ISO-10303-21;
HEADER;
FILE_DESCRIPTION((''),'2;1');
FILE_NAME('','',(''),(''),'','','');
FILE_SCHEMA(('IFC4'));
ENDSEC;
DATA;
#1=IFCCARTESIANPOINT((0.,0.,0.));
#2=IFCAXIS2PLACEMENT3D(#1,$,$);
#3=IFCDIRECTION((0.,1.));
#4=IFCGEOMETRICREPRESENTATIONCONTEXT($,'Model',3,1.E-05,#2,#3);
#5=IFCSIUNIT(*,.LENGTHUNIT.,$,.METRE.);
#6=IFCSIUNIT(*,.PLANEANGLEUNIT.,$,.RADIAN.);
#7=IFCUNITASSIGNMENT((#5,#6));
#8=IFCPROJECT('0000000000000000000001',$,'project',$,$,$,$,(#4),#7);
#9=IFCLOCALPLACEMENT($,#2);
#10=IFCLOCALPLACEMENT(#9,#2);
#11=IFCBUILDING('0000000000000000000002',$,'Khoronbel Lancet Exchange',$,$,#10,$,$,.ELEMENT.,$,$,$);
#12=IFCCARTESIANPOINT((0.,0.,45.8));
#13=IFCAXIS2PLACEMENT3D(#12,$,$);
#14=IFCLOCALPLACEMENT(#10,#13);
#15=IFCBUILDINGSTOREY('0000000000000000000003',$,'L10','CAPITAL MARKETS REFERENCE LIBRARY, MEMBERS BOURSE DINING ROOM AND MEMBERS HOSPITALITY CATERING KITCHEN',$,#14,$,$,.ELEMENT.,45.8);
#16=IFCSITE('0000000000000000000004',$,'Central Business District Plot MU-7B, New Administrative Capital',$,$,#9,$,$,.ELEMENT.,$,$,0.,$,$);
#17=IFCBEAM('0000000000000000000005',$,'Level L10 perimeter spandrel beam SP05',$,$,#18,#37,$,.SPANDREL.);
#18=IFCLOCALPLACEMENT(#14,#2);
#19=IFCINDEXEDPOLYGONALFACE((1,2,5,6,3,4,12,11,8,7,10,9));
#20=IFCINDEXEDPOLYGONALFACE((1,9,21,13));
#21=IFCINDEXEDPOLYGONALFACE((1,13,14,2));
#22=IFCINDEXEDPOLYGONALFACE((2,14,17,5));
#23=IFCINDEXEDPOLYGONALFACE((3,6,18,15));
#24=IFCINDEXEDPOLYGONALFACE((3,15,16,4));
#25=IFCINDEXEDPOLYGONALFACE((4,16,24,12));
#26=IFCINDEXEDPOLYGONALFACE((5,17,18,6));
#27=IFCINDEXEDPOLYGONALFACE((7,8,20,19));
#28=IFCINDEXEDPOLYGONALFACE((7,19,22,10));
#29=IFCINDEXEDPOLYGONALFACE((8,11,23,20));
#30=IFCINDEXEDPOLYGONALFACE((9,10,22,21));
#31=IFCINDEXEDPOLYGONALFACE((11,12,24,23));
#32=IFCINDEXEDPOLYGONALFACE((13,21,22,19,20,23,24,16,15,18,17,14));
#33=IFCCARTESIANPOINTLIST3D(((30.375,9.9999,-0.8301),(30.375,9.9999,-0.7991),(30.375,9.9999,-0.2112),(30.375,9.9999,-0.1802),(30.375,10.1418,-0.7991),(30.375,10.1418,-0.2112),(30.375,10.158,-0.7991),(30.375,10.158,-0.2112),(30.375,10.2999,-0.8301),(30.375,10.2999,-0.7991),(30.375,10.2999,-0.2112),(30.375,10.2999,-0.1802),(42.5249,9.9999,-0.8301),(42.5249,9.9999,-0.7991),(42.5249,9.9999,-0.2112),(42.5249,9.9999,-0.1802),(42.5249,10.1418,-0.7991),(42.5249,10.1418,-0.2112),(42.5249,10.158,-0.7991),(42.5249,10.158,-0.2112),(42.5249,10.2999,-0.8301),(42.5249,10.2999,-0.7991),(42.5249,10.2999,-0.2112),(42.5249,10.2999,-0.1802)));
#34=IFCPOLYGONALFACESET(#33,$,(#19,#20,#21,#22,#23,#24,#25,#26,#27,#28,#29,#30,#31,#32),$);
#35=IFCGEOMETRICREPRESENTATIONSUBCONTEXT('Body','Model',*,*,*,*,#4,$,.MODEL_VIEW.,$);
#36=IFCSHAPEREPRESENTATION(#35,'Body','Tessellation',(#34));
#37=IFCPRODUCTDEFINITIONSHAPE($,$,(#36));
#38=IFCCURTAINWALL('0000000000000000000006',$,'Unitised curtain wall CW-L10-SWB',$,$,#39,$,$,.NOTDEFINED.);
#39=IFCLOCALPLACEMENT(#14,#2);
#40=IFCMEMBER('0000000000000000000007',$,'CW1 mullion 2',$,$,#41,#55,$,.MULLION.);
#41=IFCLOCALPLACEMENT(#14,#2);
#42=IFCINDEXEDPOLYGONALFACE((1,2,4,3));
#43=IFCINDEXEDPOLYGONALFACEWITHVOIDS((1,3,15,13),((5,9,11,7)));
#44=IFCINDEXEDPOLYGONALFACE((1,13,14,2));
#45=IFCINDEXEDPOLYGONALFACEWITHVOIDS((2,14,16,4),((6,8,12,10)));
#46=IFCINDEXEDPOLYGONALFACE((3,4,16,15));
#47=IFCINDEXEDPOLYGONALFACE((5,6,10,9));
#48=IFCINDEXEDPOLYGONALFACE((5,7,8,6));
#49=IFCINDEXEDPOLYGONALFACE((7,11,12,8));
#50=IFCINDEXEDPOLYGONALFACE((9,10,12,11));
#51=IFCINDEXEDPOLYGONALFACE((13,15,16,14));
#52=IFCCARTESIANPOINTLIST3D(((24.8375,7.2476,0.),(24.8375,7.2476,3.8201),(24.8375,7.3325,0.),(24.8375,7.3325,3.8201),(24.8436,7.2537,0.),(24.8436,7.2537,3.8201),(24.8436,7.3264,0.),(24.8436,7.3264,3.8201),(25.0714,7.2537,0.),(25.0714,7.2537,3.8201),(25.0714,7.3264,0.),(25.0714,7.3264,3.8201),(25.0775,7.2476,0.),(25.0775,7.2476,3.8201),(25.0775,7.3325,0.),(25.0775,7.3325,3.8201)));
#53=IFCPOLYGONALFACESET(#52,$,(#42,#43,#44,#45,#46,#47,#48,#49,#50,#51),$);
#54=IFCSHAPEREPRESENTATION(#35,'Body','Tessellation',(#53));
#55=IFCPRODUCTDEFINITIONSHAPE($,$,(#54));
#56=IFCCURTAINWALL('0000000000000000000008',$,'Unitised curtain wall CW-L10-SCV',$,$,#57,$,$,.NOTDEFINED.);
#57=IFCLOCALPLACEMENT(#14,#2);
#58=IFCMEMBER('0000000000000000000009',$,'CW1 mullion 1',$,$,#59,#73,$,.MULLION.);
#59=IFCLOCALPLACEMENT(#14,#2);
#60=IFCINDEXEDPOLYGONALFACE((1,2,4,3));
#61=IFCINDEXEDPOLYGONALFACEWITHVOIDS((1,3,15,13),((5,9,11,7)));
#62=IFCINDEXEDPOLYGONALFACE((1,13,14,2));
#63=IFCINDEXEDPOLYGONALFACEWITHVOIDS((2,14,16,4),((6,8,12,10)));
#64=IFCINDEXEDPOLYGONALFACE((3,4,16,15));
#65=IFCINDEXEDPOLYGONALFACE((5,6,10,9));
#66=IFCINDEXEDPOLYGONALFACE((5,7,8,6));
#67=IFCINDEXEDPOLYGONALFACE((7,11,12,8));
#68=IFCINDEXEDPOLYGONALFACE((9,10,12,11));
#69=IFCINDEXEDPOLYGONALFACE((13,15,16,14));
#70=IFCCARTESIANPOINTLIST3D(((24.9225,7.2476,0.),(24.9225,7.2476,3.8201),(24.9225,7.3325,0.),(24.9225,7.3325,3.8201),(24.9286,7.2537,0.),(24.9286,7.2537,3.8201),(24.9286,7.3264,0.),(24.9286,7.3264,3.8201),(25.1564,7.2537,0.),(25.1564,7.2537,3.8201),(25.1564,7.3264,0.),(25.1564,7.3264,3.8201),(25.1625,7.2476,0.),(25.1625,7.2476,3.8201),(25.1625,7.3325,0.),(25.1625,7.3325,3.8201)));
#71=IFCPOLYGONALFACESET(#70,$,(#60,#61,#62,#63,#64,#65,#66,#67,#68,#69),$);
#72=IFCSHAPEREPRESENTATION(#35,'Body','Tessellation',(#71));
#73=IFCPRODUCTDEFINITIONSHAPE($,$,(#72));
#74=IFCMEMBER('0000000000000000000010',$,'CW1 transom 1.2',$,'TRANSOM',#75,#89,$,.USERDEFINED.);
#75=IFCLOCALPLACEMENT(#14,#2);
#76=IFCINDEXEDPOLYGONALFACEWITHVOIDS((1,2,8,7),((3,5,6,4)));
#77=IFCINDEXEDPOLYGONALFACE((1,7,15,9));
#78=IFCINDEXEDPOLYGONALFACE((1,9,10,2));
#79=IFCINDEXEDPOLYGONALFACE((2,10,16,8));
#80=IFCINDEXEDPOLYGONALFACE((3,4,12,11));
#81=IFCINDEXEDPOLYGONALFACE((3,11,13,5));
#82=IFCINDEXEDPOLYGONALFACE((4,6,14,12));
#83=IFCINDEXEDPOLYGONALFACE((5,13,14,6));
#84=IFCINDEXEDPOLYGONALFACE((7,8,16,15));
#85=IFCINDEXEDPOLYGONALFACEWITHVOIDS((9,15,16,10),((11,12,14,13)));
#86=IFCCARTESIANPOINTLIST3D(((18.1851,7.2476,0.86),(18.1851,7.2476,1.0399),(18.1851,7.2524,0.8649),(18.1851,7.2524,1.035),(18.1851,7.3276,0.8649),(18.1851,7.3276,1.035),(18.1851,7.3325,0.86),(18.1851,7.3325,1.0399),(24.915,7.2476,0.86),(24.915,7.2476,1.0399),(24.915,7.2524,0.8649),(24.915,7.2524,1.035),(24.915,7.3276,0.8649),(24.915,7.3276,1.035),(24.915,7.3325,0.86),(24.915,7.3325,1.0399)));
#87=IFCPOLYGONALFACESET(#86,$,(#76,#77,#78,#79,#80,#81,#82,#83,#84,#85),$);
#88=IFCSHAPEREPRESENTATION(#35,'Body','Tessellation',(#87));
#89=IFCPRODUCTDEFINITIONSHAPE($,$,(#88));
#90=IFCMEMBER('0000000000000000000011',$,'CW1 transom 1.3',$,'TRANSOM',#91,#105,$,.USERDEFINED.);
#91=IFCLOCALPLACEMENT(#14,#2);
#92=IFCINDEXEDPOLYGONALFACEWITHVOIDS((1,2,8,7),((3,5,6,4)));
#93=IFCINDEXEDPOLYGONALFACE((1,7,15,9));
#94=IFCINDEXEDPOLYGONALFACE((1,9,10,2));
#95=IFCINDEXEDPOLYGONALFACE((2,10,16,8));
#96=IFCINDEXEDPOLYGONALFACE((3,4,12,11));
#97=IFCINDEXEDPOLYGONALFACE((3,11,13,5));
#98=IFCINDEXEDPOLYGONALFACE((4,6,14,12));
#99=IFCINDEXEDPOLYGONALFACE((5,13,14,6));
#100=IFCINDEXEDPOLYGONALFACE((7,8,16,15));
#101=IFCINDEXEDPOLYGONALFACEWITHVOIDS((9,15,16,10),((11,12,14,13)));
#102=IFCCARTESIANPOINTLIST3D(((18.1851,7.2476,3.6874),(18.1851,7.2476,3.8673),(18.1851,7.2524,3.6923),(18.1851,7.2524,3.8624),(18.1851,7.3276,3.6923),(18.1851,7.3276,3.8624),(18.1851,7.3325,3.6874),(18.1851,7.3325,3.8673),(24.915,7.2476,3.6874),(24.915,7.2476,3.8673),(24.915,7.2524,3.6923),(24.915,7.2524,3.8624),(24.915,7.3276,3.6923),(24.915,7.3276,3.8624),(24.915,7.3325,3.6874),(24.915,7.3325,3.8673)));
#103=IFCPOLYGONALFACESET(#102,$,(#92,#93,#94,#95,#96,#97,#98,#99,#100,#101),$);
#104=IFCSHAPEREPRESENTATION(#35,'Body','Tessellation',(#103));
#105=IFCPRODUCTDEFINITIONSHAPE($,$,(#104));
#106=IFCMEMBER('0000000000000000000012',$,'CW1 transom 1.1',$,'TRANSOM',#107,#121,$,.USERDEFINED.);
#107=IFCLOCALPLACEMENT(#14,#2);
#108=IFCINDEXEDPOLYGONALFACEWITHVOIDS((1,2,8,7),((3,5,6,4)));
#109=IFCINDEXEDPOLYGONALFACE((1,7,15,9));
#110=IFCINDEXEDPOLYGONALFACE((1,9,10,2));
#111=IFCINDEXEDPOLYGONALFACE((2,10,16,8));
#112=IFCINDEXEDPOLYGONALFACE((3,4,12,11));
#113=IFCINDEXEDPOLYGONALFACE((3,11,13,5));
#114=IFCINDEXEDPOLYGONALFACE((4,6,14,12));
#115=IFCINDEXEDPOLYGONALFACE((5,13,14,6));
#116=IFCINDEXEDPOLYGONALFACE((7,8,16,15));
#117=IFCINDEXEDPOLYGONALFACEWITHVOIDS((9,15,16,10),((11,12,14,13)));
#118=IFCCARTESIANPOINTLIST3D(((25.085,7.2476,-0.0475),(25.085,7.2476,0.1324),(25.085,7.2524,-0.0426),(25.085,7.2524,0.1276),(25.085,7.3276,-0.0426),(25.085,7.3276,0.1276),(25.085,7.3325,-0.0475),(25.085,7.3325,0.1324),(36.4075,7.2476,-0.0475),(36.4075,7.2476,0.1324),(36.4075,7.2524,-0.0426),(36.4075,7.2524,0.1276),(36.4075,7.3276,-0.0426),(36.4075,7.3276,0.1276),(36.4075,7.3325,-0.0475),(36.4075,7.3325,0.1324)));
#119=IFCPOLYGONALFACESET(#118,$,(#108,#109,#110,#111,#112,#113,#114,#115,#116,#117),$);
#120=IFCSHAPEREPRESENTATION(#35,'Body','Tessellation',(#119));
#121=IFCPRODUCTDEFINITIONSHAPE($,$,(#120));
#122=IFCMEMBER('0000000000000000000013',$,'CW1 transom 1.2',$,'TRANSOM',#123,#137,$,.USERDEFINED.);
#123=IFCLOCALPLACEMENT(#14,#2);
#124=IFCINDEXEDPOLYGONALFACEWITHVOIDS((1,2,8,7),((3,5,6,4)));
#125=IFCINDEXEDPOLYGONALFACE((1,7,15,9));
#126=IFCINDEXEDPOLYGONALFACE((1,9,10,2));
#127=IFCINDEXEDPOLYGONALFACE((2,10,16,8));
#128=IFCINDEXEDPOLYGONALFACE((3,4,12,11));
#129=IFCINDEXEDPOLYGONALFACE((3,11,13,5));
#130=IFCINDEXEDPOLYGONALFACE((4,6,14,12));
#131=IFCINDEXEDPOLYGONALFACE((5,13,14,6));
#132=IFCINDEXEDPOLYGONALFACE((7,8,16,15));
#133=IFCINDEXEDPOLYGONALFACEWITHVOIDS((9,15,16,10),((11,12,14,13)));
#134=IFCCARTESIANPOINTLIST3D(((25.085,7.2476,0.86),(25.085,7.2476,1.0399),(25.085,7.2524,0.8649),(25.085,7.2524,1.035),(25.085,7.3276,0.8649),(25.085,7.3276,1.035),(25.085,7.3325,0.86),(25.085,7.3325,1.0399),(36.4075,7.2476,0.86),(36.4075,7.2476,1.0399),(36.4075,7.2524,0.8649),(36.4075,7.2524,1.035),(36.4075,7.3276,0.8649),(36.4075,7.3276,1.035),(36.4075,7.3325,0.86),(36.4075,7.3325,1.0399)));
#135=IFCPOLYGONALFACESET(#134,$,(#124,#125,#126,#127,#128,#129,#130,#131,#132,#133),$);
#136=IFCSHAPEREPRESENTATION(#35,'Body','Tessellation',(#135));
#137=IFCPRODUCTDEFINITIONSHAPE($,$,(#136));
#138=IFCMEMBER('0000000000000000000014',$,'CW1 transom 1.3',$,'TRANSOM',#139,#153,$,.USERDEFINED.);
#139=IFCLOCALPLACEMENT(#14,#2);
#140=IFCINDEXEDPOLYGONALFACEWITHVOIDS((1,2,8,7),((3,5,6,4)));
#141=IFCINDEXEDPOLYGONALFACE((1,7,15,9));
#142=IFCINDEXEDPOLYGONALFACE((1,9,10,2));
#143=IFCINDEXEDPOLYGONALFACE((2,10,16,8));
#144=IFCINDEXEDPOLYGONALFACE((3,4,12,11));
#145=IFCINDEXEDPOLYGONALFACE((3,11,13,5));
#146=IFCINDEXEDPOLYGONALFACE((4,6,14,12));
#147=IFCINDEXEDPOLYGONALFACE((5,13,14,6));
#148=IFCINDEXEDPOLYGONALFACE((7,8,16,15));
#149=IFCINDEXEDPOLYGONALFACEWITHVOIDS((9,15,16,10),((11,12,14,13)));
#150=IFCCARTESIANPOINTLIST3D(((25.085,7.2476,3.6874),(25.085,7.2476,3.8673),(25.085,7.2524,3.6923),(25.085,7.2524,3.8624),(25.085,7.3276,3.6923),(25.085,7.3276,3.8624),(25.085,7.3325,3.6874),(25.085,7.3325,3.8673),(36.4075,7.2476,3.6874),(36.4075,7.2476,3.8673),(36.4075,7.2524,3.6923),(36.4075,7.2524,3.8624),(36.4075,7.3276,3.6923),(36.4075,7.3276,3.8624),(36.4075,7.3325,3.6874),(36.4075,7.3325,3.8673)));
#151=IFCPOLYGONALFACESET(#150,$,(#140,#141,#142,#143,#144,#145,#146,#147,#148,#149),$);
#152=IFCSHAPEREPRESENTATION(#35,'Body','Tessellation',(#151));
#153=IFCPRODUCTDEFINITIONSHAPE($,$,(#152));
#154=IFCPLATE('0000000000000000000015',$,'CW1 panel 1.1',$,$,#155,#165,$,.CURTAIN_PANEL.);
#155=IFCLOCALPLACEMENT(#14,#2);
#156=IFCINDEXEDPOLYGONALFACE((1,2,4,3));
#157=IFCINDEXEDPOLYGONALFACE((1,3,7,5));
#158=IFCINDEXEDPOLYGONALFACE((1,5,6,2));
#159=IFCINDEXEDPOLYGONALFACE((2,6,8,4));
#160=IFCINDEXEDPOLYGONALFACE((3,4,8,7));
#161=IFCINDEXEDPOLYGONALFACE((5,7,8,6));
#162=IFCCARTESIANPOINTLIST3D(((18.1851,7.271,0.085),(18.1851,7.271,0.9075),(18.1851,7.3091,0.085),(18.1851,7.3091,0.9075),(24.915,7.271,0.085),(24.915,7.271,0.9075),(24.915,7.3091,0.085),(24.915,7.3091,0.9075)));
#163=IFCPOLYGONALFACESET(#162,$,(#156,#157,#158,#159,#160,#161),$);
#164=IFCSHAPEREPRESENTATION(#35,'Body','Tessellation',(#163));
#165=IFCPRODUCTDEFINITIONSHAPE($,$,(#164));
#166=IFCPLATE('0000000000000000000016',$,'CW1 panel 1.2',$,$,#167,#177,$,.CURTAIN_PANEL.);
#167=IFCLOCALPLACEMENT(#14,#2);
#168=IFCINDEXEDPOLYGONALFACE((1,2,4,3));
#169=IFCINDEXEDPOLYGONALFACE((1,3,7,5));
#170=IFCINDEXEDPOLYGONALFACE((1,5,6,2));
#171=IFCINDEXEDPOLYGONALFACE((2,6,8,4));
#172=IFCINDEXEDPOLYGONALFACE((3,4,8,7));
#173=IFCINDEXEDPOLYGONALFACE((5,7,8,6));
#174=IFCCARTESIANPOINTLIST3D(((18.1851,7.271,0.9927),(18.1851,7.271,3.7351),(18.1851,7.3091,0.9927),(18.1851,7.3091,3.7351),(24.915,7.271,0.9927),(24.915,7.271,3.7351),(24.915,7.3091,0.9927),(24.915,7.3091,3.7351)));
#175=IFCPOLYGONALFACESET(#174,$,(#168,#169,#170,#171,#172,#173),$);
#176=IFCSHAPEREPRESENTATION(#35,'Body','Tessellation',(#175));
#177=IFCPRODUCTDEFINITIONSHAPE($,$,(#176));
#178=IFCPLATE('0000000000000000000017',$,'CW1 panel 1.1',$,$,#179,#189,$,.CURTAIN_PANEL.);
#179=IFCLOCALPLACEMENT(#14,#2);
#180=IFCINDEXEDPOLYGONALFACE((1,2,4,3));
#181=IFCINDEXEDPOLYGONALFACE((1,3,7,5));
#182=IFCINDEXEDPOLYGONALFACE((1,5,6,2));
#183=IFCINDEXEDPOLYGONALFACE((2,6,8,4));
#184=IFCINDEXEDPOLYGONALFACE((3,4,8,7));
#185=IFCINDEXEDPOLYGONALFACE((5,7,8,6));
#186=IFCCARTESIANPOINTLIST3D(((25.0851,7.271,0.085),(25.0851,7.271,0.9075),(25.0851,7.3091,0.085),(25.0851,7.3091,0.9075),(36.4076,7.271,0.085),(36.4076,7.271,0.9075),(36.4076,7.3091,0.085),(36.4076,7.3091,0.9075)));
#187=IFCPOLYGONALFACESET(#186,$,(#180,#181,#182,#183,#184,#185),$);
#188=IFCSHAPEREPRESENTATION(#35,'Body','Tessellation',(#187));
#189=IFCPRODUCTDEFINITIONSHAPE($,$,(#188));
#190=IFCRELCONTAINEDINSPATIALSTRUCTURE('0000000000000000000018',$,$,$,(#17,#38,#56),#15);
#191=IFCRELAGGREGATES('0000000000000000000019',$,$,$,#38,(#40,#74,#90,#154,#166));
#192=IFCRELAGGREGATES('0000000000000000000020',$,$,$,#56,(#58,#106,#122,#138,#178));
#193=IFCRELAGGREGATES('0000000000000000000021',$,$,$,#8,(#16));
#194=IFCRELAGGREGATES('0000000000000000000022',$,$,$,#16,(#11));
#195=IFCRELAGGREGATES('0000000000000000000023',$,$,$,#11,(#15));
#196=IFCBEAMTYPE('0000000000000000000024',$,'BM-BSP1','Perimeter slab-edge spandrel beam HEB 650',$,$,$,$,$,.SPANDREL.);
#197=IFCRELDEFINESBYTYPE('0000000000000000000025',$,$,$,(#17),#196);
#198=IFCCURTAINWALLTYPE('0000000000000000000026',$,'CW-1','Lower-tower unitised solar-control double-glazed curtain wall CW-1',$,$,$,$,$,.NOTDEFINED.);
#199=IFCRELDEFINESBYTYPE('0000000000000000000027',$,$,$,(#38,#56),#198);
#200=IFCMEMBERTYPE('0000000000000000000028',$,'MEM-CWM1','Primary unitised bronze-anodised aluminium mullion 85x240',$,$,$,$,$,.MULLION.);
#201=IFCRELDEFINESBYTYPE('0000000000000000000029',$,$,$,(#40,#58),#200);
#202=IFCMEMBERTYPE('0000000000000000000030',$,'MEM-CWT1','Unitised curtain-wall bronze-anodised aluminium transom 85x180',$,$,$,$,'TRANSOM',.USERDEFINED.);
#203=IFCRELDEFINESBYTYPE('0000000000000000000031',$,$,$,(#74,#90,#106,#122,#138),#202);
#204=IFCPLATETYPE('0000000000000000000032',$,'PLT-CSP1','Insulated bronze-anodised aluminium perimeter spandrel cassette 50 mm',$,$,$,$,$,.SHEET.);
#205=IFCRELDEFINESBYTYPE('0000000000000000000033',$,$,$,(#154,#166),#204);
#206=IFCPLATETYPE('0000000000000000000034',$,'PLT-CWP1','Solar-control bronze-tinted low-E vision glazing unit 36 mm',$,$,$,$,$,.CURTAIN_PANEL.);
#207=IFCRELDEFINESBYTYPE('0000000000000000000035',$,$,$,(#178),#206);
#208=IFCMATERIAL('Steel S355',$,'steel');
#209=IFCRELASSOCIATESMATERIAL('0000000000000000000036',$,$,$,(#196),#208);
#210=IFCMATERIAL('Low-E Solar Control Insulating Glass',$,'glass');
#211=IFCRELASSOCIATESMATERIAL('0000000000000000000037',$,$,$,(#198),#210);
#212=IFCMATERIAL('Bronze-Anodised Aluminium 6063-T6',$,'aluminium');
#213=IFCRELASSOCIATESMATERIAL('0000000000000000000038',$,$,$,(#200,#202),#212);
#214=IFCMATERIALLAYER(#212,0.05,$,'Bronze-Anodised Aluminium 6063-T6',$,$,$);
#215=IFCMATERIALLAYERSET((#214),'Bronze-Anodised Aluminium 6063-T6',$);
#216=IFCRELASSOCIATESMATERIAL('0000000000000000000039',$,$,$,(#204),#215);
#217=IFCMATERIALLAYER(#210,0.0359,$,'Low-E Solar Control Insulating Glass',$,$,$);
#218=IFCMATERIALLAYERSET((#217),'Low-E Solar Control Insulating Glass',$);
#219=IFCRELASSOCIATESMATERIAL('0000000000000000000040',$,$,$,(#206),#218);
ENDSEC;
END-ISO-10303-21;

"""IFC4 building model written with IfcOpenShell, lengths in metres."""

from ifc_helpers import new_model, si_unit, direction, frame, origin, origin_2d, place, context, subcontext, project, spatial, rectangle, hollow_rectangle, i_section, extrude, material, layer, layer_set, material_profile, profile_set, type_object, element, aggregate, save


model = new_model("IFC4")

# Units and contexts
model_context = context("Model", 3, precision=1e-05, world=origin(), true_north=direction((0.0, 1.0)))
body_context = subcontext(model_context, "Body", "Model", "MODEL_VIEW")
ifc_project = project(units=[si_unit("LENGTHUNIT", "METRE"), si_unit("PLANEANGLEUNIT", "RADIAN")], contexts=[model_context])

# Site, building, storey
site_placement = place(None, origin())
site = spatial("IfcSite", under=ifc_project, at=site_placement, Name="Central Business District Plot MU-7B, New Administrative Capital", CompositionType="ELEMENT", RefElevation=0.0)
building_placement = place(site_placement, origin())
building = spatial("IfcBuilding", under=site, at=building_placement, Name="Khoronbel Lancet Exchange", CompositionType="ELEMENT")
storey_placement = place(building_placement, frame((0.0, 0.0, 45.8)))
storey = spatial("IfcBuildingStorey", under=building, at=storey_placement, Name="L10", Description="CAPITAL MARKETS REFERENCE LIBRARY, MEMBERS BOURSE DINING ROOM AND MEMBERS HOSPITALITY CATERING KITCHEN", CompositionType="ELEMENT", Elevation=45.8)

# Beam
ifc_material_1 = material(Name="Steel S355", Category="steel")
ifc_material_profile_1 = material_profile(ifc_material_1, i_section(OverallWidth=0.3, OverallDepth=0.6499, WebThickness=0.0161, FlangeThickness=0.031, at=origin_2d()), Name="HEB 650")
ifc_profile_set_1 = profile_set([ifc_material_profile_1], Name="Steel S355")
beam_type_1 = type_object("IfcBeamType", Name="BM-BSP1", Description="Perimeter slab-edge spandrel beam HEB 650", PredefinedType="SPANDREL", material=ifc_profile_set_1)
beam_1_placement = place(storey_placement, frame((30.375, 10.1499, -0.5051), z_axis=(1.0, 0.0, 0.0), x_axis=(0.0, 1.0, 0.0)))
element("IfcBeam", 1, at=beam_1_placement, inside=storey, type_object=beam_type_1, Name="Level L10 perimeter spandrel beam SP05", PredefinedType="SPANDREL", context=body_context, shape_type="SweptSolid", body=[
    extrude(i_section(OverallWidth=0.3, OverallDepth=0.6499, WebThickness=0.0161, FlangeThickness=0.031, at=origin_2d()), origin(), (0.0, 0.0, 1.0), 12.1499),
])

# Curtain walls, members
ifc_material_2 = material(Name="Low-E Solar Control Insulating Glass", Category="glass")
curtain_wall_type = type_object("IfcCurtainWallType", Name="CW-1", Description="Lower-tower unitised solar-control double-glazed curtain wall CW-1", PredefinedType="NOTDEFINED", material=ifc_material_2)
curtain_wall_1_placement = place(storey_placement, origin())
curtain_wall_1 = element("IfcCurtainWall", 2, at=curtain_wall_1_placement, inside=storey, type_object=curtain_wall_type, Name="Unitised curtain wall CW-L10-SWB", PredefinedType="NOTDEFINED")
ifc_material_3 = material(Name="Bronze-Anodised Aluminium 6063-T6", Category="aluminium")
ifc_material_profile_2 = material_profile(ifc_material_3, hollow_rectangle(XDim=0.085, YDim=0.24, WallThickness=0.0061, at=origin_2d()), Name="ALU MULLION 85x240")
ifc_profile_set_2 = profile_set([ifc_material_profile_2], Name="Bronze-Anodised Aluminium 6063-T6")
member_type_1 = type_object("IfcMemberType", Name="MEM-CWM1", Description="Primary unitised bronze-anodised aluminium mullion 85x240", PredefinedType="MULLION", material=ifc_profile_set_2)
member_1_placement = place(storey_placement, frame((24.9575, 7.29, 0.0), z_axis=(0.0, 0.0, 1.0), x_axis=(0.0, 1.0, 0.0)))
member_1 = element("IfcMember", 3, at=member_1_placement, type_object=member_type_1, Name="CW1 mullion 2", PredefinedType="MULLION", context=body_context, shape_type="SweptSolid", body=[
    extrude(hollow_rectangle(XDim=0.085, YDim=0.24, WallThickness=0.0061, at=origin_2d()), origin(), (0.0, 0.0, 1.0), 3.8201),
])
curtain_wall_2_placement = place(storey_placement, origin())
curtain_wall_2 = element("IfcCurtainWall", 4, at=curtain_wall_2_placement, inside=storey, type_object=curtain_wall_type, Name="Unitised curtain wall CW-L10-SCV", PredefinedType="NOTDEFINED")
member_2_placement = place(storey_placement, frame((25.0425, 7.29, 0.0), z_axis=(0.0, 0.0, 1.0), x_axis=(0.0, 1.0, 0.0)))
member_2 = element("IfcMember", 5, at=member_2_placement, type_object=member_type_1, Name="CW1 mullion 1", PredefinedType="MULLION", context=body_context, shape_type="SweptSolid", body=[
    extrude(hollow_rectangle(XDim=0.085, YDim=0.24, WallThickness=0.0061, at=origin_2d()), origin(), (0.0, 0.0, 1.0), 3.8201),
])

# Members
ifc_material_profile_3 = material_profile(ifc_material_3, hollow_rectangle(XDim=0.085, YDim=0.1799, WallThickness=0.0049, at=origin_2d()), Name="ALU TRANSOM 85x180")
ifc_profile_set_3 = profile_set([ifc_material_profile_3], Name="Bronze-Anodised Aluminium 6063-T6")
member_type_2 = type_object("IfcMemberType", Name="MEM-CWT1", Description="Unitised curtain-wall bronze-anodised aluminium transom 85x180", ElementType="TRANSOM", PredefinedType="USERDEFINED", material=ifc_profile_set_3)
member_3_placement = place(storey_placement, frame((18.1851, 7.29, 0.95), z_axis=(1.0, 0.0, 0.0), x_axis=(0.0, 1.0, 0.0)))
member_3 = element("IfcMember", 6, at=member_3_placement, type_object=member_type_2, Name="CW1 transom 1.2", ObjectType="TRANSOM", PredefinedType="USERDEFINED", context=body_context, shape_type="SweptSolid", body=[
    extrude(hollow_rectangle(XDim=0.085, YDim=0.1799, WallThickness=0.0049, at=origin_2d()), origin(), (0.0, 0.0, 1.0), 6.73),
])
member_4_placement = place(storey_placement, frame((18.1851, 7.29, 3.7773), z_axis=(1.0, 0.0, 0.0), x_axis=(0.0, 1.0, 0.0)))
member_4 = element("IfcMember", 7, at=member_4_placement, type_object=member_type_2, Name="CW1 transom 1.3", ObjectType="TRANSOM", PredefinedType="USERDEFINED", context=body_context, shape_type="SweptSolid", body=[
    extrude(hollow_rectangle(XDim=0.085, YDim=0.1799, WallThickness=0.0049, at=origin_2d()), origin(), (0.0, 0.0, 1.0), 6.73),
])
member_5_placement = place(storey_placement, frame((25.085, 7.29, 0.0425), z_axis=(1.0, 0.0, 0.0), x_axis=(0.0, 1.0, 0.0)))
member_5 = element("IfcMember", 8, at=member_5_placement, type_object=member_type_2, Name="CW1 transom 1.1", ObjectType="TRANSOM", PredefinedType="USERDEFINED", context=body_context, shape_type="SweptSolid", body=[
    extrude(hollow_rectangle(XDim=0.085, YDim=0.1799, WallThickness=0.0049, at=origin_2d()), origin(), (0.0, 0.0, 1.0), 11.3225),
])
member_6_placement = place(storey_placement, frame((25.085, 7.29, 0.95), z_axis=(1.0, 0.0, 0.0), x_axis=(0.0, 1.0, 0.0)))
member_6 = element("IfcMember", 9, at=member_6_placement, type_object=member_type_2, Name="CW1 transom 1.2", ObjectType="TRANSOM", PredefinedType="USERDEFINED", context=body_context, shape_type="SweptSolid", body=[
    extrude(hollow_rectangle(XDim=0.085, YDim=0.1799, WallThickness=0.0049, at=origin_2d()), origin(), (0.0, 0.0, 1.0), 11.3225),
])
member_7_placement = place(storey_placement, frame((25.085, 7.29, 3.7773), z_axis=(1.0, 0.0, 0.0), x_axis=(0.0, 1.0, 0.0)))
member_7 = element("IfcMember", 10, at=member_7_placement, type_object=member_type_2, Name="CW1 transom 1.3", ObjectType="TRANSOM", PredefinedType="USERDEFINED", context=body_context, shape_type="SweptSolid", body=[
    extrude(hollow_rectangle(XDim=0.085, YDim=0.1799, WallThickness=0.0049, at=origin_2d()), origin(), (0.0, 0.0, 1.0), 11.3225),
])

# Plates
ifc_layer_1 = layer(ifc_material_3, 0.05, Name="Bronze-Anodised Aluminium 6063-T6")
ifc_layer_set_1 = layer_set([ifc_layer_1], Name="Bronze-Anodised Aluminium 6063-T6")
plate_type_1 = type_object("IfcPlateType", Name="PLT-CSP1", Description="Insulated bronze-anodised aluminium perimeter spandrel cassette 50 mm", PredefinedType="SHEET", material=ifc_layer_set_1)
plate_1_placement = place(storey_placement, frame((21.55, 7.29, 0.085), z_axis=(0.0, 0.0, 1.0), x_axis=(1.0, 0.0, 0.0)))
plate_1 = element("IfcPlate", 11, at=plate_1_placement, type_object=plate_type_1, Name="CW1 panel 1.1", PredefinedType="CURTAIN_PANEL", context=body_context, shape_type="SweptSolid", body=[
    extrude(rectangle(XDim=6.73, YDim=0.0381, at=origin_2d()), origin(), (0.0, 0.0, 1.0), 0.8225),
])
plate_2_placement = place(storey_placement, frame((21.55, 7.29, 0.9927), z_axis=(0.0, 0.0, 1.0), x_axis=(1.0, 0.0, 0.0)))
plate_2 = element("IfcPlate", 12, at=plate_2_placement, type_object=plate_type_1, Name="CW1 panel 1.2", PredefinedType="CURTAIN_PANEL", context=body_context, shape_type="SweptSolid", body=[
    extrude(rectangle(XDim=6.73, YDim=0.0381, at=origin_2d()), origin(), (0.0, 0.0, 1.0), 2.7424),
])
aggregate(curtain_wall_1, [member_1, member_3, member_4, plate_1, plate_2])
ifc_layer_2 = layer(ifc_material_2, 0.0359, Name="Low-E Solar Control Insulating Glass")
ifc_layer_set_2 = layer_set([ifc_layer_2], Name="Low-E Solar Control Insulating Glass")
plate_type_2 = type_object("IfcPlateType", Name="PLT-CWP1", Description="Solar-control bronze-tinted low-E vision glazing unit 36 mm", PredefinedType="CURTAIN_PANEL", material=ifc_layer_set_2)
plate_3_placement = place(storey_placement, frame((30.7463, 7.29, 0.085), z_axis=(0.0, 0.0, 1.0), x_axis=(1.0, 0.0, 0.0)))
plate_3 = element("IfcPlate", 13, at=plate_3_placement, type_object=plate_type_2, Name="CW1 panel 1.1", PredefinedType="CURTAIN_PANEL", context=body_context, shape_type="SweptSolid", body=[
    extrude(rectangle(XDim=11.3225, YDim=0.0381, at=origin_2d()), origin(), (0.0, 0.0, 1.0), 0.8225),
])
aggregate(curtain_wall_2, [member_2, member_5, member_6, member_7, plate_3])

save(model, "model.ifc")
